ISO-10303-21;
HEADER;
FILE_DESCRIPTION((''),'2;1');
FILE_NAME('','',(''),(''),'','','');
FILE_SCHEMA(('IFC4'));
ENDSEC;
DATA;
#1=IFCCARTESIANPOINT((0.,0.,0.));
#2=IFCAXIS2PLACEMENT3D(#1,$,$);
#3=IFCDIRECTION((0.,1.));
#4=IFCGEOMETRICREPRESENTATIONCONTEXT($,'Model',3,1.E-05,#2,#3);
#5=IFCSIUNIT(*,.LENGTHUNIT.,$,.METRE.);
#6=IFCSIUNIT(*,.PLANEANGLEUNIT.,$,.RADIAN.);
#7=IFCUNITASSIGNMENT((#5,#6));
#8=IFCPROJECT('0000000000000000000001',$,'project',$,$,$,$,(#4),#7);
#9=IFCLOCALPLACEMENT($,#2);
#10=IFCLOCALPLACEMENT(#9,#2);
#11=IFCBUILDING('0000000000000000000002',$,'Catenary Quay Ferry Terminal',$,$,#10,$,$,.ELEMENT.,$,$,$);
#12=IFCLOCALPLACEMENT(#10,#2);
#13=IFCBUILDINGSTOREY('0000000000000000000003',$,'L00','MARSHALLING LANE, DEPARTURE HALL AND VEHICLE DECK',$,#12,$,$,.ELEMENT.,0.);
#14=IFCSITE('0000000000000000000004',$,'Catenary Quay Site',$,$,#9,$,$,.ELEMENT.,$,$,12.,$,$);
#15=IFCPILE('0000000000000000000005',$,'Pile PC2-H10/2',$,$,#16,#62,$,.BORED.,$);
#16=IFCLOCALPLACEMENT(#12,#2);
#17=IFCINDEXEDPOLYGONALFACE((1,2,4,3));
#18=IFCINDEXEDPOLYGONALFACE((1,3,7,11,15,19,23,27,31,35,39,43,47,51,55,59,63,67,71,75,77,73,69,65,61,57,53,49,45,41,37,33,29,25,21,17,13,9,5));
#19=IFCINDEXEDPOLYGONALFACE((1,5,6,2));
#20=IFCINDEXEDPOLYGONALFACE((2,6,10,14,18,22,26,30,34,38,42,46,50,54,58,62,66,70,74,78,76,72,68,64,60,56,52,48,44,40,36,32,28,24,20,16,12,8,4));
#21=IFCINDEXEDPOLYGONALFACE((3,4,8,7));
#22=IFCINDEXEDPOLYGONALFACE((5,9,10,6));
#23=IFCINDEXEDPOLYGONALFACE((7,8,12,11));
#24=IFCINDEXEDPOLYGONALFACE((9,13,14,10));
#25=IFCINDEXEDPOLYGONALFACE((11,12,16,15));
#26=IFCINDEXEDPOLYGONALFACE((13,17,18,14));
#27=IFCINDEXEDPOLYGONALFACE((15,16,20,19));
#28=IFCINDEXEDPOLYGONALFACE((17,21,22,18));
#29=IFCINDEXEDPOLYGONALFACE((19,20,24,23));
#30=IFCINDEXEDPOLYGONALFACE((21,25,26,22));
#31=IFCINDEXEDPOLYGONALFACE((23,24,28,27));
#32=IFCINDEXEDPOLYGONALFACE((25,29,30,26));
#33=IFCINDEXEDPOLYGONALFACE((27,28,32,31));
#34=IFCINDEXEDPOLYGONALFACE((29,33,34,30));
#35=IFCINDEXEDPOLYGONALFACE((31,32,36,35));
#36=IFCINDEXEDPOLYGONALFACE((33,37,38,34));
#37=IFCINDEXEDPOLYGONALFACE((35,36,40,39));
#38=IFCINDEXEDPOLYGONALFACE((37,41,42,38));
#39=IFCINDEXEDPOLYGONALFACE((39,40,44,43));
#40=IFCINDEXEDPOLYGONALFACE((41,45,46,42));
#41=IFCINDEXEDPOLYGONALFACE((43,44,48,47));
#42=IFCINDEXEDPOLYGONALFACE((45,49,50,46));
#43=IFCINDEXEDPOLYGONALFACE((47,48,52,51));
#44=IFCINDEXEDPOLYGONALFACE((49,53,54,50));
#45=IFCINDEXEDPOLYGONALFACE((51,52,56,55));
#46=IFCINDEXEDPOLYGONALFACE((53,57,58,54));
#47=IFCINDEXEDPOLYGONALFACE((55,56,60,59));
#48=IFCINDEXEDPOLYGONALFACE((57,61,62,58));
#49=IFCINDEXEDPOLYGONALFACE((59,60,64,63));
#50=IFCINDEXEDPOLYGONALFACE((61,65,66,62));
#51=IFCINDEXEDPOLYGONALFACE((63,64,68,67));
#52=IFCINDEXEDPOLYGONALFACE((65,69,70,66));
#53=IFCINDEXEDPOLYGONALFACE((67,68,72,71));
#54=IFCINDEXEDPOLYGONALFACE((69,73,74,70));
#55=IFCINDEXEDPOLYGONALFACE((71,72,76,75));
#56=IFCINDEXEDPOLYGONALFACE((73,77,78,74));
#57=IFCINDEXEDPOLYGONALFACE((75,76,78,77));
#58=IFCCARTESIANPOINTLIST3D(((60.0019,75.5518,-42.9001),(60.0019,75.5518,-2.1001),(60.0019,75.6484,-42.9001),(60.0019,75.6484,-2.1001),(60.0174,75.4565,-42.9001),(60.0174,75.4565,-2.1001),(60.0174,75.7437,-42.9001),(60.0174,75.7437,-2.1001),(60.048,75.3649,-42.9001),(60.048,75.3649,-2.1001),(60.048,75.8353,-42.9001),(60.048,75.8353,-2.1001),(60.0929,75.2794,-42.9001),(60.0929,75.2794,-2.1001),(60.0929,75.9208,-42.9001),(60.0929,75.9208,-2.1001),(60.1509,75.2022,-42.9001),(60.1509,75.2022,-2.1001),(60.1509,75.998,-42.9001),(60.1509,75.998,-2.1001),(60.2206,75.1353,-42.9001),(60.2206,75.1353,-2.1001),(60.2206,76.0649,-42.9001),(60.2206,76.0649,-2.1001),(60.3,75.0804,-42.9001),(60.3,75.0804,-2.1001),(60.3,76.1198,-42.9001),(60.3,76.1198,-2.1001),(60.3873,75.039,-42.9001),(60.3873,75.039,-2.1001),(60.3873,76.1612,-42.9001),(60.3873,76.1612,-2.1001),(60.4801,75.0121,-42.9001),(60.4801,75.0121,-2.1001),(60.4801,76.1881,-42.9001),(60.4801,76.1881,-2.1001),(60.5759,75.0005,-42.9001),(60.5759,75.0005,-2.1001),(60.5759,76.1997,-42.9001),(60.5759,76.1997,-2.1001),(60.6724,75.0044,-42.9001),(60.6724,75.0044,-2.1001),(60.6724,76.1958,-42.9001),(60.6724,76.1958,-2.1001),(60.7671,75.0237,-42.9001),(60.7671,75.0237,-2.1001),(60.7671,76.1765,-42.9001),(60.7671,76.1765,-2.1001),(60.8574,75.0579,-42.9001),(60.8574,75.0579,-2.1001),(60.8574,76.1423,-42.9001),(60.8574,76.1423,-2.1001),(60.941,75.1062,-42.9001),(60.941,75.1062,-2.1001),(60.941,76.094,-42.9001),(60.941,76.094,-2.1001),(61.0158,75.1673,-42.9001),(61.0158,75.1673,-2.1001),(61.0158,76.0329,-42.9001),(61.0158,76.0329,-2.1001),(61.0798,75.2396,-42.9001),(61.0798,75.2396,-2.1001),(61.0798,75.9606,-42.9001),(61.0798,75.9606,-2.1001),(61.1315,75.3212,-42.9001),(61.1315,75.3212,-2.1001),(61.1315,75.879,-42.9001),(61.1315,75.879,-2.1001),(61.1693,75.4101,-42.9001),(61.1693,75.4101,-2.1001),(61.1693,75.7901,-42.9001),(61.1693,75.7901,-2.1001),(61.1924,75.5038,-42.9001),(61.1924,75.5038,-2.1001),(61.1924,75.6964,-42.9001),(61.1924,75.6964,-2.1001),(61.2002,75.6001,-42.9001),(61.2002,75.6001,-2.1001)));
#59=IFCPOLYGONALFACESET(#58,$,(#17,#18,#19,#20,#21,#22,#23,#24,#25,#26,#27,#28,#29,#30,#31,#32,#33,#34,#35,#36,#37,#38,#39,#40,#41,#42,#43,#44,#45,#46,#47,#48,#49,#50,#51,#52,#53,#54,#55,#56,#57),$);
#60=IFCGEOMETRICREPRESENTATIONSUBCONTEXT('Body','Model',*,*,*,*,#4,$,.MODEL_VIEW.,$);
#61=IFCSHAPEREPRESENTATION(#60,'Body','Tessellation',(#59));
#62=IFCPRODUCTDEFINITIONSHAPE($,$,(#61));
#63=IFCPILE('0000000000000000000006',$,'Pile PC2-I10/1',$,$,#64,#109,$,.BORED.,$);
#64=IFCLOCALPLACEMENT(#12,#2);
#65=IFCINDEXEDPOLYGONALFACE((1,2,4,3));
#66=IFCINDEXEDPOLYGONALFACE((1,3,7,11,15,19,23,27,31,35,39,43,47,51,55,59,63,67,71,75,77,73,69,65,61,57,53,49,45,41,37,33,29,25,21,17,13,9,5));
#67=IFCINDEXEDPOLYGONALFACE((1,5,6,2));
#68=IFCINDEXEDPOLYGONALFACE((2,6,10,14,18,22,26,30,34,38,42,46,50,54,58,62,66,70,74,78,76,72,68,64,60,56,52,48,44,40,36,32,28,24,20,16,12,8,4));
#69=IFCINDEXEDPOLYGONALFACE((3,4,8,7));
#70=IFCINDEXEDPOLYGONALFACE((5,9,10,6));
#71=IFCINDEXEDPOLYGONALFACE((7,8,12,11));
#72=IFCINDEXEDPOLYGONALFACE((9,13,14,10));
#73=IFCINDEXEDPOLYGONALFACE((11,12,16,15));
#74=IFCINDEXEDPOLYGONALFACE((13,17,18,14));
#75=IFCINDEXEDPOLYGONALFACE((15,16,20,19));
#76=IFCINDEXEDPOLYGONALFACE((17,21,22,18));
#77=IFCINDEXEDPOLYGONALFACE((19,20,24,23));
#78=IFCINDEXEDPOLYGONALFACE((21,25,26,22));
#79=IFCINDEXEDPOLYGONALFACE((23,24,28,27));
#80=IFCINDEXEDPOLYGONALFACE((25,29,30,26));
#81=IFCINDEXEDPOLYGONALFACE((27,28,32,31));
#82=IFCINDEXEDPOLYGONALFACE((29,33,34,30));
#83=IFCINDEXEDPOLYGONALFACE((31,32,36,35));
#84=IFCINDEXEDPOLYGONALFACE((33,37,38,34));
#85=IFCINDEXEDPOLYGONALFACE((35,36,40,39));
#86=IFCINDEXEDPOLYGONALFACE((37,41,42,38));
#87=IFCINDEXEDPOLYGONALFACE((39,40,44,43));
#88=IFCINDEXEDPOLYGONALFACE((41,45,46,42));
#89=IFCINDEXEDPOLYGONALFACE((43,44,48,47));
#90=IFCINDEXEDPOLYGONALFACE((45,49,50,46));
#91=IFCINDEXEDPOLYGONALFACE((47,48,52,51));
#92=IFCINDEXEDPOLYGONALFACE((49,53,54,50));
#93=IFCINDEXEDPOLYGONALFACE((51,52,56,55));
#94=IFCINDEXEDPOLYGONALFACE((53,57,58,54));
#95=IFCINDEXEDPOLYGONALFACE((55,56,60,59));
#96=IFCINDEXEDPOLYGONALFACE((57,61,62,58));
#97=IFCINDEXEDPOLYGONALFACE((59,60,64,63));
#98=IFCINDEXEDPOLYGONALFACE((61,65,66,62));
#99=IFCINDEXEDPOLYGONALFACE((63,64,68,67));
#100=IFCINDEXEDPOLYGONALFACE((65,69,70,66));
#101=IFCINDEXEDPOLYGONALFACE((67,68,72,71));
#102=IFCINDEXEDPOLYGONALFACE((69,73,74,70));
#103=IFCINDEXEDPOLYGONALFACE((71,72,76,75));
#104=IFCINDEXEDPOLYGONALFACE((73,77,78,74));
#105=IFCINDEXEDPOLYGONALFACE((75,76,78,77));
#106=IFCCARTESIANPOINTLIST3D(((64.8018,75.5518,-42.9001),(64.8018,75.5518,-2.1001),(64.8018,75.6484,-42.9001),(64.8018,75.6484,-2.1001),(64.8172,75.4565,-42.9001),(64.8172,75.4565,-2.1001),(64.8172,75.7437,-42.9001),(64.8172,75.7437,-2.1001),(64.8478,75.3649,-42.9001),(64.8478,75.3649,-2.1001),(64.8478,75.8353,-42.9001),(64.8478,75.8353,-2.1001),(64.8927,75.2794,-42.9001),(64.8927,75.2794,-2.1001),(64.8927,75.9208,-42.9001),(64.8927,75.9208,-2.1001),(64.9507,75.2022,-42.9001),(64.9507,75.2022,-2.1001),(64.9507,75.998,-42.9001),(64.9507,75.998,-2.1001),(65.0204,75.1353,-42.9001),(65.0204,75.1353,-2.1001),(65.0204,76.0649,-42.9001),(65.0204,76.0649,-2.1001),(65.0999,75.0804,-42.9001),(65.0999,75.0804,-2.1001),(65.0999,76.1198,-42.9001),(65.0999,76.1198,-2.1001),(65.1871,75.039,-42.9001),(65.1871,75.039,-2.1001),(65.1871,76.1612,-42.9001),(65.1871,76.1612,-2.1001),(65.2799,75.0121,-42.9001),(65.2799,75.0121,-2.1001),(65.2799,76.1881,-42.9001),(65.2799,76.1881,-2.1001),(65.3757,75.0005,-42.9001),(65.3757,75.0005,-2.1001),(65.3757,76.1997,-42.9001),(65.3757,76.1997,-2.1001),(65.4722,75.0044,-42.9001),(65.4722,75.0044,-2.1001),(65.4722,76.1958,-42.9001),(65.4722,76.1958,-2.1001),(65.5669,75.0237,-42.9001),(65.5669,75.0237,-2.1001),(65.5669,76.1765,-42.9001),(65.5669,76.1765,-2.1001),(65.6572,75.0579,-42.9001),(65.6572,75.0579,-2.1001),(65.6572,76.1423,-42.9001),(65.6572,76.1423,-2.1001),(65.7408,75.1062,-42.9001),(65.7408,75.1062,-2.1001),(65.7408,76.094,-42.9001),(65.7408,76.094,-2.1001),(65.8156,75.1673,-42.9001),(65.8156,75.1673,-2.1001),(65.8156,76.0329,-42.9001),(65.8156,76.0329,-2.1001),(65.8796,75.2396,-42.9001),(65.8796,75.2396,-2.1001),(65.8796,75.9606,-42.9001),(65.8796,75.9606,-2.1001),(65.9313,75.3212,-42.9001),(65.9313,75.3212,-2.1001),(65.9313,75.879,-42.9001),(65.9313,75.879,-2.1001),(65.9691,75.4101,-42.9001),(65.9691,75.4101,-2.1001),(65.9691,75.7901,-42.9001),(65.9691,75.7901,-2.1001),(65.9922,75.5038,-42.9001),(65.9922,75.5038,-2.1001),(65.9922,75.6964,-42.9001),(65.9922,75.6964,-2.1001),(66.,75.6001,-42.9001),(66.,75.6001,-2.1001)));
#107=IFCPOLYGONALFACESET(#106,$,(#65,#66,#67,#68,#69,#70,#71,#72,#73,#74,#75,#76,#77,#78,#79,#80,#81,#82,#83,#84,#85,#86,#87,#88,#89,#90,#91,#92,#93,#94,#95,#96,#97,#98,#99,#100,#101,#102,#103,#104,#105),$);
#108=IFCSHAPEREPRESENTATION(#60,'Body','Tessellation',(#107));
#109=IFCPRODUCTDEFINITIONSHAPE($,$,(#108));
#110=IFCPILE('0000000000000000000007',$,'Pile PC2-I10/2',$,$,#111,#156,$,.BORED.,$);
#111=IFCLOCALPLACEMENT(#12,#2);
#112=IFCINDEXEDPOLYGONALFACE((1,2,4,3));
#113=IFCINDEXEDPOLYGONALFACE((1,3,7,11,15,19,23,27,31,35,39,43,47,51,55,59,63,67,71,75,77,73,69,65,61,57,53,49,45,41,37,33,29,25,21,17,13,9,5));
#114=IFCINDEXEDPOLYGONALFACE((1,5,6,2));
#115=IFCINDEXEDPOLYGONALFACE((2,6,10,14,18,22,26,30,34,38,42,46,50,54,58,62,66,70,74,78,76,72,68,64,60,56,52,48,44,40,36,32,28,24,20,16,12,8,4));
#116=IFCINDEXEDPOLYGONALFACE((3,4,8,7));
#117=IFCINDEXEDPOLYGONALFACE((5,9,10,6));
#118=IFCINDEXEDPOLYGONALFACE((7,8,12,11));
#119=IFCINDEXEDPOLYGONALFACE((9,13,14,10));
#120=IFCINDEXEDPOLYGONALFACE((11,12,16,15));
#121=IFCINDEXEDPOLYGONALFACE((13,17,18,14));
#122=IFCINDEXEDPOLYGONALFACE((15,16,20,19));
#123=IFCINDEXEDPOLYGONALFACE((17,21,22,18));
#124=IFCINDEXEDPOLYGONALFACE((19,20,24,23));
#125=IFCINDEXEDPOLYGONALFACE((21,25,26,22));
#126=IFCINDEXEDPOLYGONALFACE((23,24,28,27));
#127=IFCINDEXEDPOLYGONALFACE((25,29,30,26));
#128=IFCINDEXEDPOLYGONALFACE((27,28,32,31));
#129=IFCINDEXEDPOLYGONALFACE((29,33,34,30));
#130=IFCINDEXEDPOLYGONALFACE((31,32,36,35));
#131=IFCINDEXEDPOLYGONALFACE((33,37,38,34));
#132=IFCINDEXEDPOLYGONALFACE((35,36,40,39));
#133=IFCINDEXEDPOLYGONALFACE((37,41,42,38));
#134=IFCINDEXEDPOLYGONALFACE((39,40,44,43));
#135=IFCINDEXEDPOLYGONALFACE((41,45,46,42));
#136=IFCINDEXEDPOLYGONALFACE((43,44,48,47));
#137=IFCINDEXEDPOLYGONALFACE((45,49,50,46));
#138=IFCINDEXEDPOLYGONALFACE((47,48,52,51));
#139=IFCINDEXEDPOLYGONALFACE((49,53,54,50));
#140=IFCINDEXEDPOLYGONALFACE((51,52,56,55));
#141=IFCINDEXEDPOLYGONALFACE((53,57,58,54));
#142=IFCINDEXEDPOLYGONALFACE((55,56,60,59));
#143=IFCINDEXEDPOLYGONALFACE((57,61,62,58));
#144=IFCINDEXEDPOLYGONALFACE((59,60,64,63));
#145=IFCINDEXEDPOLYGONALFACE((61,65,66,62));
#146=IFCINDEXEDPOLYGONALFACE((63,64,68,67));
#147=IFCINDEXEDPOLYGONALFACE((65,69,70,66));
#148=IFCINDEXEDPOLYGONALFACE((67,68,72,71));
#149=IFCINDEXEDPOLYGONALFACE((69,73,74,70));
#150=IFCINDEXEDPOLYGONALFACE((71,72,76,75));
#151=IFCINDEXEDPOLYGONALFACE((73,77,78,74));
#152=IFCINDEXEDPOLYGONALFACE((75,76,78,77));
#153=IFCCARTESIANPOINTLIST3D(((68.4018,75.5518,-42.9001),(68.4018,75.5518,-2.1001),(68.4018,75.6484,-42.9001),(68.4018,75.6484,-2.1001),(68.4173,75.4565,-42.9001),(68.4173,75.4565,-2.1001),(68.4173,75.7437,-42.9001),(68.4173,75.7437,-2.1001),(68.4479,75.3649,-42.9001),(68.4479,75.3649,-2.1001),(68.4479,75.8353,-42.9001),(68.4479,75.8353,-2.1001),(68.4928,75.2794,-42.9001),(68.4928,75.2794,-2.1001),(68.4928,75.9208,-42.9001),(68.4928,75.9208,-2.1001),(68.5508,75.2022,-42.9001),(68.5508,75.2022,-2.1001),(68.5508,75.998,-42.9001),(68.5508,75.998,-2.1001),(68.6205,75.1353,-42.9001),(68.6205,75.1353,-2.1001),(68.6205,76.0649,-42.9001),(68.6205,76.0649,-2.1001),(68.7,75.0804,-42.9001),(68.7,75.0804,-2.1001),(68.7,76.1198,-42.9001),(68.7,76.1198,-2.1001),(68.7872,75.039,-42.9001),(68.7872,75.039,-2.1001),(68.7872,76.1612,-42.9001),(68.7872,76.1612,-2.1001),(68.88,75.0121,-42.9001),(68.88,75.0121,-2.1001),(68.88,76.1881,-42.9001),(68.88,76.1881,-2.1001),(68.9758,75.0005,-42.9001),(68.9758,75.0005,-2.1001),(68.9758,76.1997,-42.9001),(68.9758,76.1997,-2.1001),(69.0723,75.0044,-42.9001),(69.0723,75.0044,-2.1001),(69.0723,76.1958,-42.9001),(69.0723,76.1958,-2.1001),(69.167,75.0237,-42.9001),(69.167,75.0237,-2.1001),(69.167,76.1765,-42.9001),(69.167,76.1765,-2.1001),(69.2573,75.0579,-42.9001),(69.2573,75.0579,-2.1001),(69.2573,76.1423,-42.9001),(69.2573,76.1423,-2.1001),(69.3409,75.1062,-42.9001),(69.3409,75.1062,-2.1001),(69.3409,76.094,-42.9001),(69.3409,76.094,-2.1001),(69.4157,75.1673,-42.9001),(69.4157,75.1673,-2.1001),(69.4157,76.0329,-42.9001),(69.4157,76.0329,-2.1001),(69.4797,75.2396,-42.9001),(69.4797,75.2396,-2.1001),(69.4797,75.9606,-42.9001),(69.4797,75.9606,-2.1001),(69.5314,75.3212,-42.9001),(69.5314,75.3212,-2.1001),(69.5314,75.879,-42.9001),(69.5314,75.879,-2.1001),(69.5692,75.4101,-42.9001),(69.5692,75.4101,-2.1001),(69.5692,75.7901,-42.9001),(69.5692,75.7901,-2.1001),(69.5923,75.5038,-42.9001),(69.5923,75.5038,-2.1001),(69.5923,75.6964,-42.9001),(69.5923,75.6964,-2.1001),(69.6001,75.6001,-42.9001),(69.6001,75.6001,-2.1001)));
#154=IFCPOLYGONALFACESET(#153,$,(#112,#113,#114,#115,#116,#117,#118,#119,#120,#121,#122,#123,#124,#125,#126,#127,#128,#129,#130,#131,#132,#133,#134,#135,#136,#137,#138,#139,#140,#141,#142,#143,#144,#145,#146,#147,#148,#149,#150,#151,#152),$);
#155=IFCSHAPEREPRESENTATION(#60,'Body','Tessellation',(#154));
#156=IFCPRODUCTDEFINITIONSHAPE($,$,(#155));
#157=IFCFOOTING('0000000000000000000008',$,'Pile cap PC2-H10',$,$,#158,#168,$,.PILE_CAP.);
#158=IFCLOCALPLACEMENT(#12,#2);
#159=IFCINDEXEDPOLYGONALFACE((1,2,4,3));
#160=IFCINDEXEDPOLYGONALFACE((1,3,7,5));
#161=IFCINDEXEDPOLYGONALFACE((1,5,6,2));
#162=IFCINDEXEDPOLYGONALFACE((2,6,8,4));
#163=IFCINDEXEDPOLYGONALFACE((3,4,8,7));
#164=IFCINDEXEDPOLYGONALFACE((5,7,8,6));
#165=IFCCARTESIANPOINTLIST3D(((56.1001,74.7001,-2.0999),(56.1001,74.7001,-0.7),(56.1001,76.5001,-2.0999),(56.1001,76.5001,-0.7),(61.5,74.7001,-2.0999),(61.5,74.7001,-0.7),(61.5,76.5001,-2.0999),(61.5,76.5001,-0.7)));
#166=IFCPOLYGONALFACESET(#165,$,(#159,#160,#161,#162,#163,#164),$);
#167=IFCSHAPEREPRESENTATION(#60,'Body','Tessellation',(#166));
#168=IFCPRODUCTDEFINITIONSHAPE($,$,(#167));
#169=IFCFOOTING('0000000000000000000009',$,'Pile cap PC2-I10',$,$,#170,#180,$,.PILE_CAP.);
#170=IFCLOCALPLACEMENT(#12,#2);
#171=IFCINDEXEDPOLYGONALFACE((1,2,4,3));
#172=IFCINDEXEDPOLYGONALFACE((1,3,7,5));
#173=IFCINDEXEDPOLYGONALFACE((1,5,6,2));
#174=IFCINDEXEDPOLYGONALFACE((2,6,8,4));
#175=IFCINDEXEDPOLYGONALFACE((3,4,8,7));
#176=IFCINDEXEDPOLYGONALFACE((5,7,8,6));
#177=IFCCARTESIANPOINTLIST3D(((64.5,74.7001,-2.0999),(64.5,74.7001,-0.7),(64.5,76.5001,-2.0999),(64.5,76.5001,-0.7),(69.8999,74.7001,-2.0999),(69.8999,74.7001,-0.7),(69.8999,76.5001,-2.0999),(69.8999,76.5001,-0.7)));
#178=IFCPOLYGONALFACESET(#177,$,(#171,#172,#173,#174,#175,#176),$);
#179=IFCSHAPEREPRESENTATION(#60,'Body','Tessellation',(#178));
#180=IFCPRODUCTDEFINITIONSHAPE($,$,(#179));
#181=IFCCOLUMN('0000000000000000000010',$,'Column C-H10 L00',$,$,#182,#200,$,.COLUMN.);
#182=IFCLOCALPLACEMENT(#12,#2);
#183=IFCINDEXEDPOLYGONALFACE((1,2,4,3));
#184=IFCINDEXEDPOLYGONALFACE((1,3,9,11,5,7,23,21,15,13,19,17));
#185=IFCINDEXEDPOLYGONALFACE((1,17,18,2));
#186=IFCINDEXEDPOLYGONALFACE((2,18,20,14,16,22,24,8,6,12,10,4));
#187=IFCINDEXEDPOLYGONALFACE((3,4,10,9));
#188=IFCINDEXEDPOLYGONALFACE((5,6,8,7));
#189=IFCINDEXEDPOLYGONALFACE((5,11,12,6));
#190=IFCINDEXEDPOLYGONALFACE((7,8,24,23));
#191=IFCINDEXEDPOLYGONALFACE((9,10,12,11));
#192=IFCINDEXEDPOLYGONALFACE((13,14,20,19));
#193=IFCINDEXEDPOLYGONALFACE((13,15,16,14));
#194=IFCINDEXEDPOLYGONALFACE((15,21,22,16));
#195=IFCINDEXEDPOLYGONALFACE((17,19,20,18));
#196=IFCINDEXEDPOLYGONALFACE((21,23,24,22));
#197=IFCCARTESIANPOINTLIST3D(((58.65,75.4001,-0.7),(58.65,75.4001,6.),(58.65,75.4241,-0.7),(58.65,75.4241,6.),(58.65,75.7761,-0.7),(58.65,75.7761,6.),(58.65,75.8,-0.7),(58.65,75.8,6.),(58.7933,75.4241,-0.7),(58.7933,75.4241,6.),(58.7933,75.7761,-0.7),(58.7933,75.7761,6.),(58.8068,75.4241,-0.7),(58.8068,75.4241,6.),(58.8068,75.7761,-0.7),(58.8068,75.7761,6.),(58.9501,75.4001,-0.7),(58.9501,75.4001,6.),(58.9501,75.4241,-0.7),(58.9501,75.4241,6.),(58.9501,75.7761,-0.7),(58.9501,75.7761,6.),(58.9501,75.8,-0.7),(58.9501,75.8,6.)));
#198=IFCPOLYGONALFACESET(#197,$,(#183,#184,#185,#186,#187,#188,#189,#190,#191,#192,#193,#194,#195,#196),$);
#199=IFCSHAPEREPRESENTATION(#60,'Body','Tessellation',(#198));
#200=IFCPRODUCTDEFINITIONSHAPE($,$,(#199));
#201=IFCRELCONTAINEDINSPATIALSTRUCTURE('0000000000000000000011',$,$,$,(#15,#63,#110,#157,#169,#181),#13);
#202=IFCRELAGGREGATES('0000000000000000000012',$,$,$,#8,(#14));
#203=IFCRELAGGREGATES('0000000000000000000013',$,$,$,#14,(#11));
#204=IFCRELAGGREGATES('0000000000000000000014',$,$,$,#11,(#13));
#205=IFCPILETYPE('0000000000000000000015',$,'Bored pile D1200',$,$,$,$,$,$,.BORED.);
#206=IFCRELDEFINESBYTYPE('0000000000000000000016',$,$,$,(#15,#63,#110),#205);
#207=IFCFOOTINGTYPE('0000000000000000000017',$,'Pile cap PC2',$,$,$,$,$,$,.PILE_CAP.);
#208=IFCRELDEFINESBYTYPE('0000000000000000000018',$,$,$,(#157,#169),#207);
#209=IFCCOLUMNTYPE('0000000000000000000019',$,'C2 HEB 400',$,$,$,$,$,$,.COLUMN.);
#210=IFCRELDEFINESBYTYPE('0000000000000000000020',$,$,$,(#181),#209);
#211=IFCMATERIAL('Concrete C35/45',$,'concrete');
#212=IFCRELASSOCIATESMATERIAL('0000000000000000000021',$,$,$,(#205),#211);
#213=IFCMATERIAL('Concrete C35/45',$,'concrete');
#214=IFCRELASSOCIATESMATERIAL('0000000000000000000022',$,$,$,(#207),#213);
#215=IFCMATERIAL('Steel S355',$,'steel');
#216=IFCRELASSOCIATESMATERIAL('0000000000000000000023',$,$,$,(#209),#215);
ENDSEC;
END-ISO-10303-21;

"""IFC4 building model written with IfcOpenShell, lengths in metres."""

from ifc_helpers import new_model, si_unit, direction, frame, origin, origin_2d, place, context, subcontext, project, spatial, rectangle, circle, i_section, extrude, material, material_profile, profile_set, type_object, element, save


model = new_model("IFC4")

# Units and contexts
model_context = context("Model", 3, precision=1e-05, world=origin(), true_north=direction((0.0, 1.0)))
body_context = subcontext(model_context, "Body", "Model", "MODEL_VIEW")
ifc_project = project(units=[si_unit("LENGTHUNIT", "METRE"), si_unit("PLANEANGLEUNIT", "RADIAN")], contexts=[model_context])

# Site, building, storey
site_placement = place(None, origin())
site = spatial("IfcSite", under=ifc_project, at=site_placement, Name="Catenary Quay Site", CompositionType="ELEMENT", RefElevation=12.0)
building_placement = place(site_placement, origin())
building = spatial("IfcBuilding", under=site, at=building_placement, Name="Catenary Quay Ferry Terminal", CompositionType="ELEMENT")
storey_placement = place(building_placement, origin())
storey = spatial("IfcBuildingStorey", under=building, at=storey_placement, Name="L00", Description="MARSHALLING LANE, DEPARTURE HALL AND VEHICLE DECK", CompositionType="ELEMENT", Elevation=0.0)

# Piles
ifc_material_1 = material(Name="Concrete C35/45", Category="concrete")
ifc_material_profile_1 = material_profile(ifc_material_1, circle(Radius=0.6001, at=origin_2d()), Name="D1200")
ifc_profile_set_1 = profile_set([ifc_material_profile_1], Name="Concrete C35/45")
pile_type = type_object("IfcPileType", Name="Bored pile D1200", PredefinedType="BORED", material=ifc_profile_set_1)
for number, where, z_axis, x_axis, name in (
    (1, (60.6001, 75.6001, -2.1001), (0.0, 0.0, -1.0), (1.0, 0.0, 0.0), "Pile PC2-H10/2"),
    (2, (65.3999, 75.6001, -2.1001), (0.0, 0.0, -1.0), (1.0, 0.0, 0.0), "Pile PC2-I10/1"),
    (3, (69.0, 75.6001, -2.1001), (0.0, 0.0, -1.0), (1.0, 0.0, 0.0), "Pile PC2-I10/2"),
):
    element("IfcPile", number, at=place(storey_placement, frame(where, z_axis=z_axis, x_axis=x_axis)), inside=storey, type_object=pile_type, Name=name, PredefinedType="BORED", context=body_context, shape_type="SweptSolid", body=[
        extrude(circle(Radius=0.6001, at=origin_2d()), origin(), (0.0, 0.0, 1.0), 40.8),
    ])

# Footings
ifc_material_2 = material(Name="Concrete C35/45", Category="concrete")
footing_type = type_object("IfcFootingType", Name="Pile cap PC2", PredefinedType="PILE_CAP", material=ifc_material_2)
for number, where, z_axis, x_axis, name in (
    (4, (58.8, 75.6001, -2.0999), (0.0, 0.0, 1.0), (1.0, 0.0, 0.0), "Pile cap PC2-H10"),
    (5, (67.2, 75.6001, -2.0999), (0.0, 0.0, 1.0), (1.0, 0.0, 0.0), "Pile cap PC2-I10"),
):
    element("IfcFooting", number, at=place(storey_placement, frame(where, z_axis=z_axis, x_axis=x_axis)), inside=storey, type_object=footing_type, Name=name, PredefinedType="PILE_CAP", context=body_context, shape_type="SweptSolid", body=[
        extrude(rectangle(XDim=5.3999, YDim=1.8, at=origin_2d()), origin(), (0.0, 0.0, 1.0), 1.3999),
    ])

# Column
ifc_material_3 = material(Name="Steel S355", Category="steel")
ifc_material_profile_2 = material_profile(ifc_material_3, i_section(OverallWidth=0.3, OverallDepth=0.3999, WebThickness=0.0134, FlangeThickness=0.0239, at=origin_2d()), Name="HEB 400")
ifc_profile_set_2 = profile_set([ifc_material_profile_2], Name="Steel S355")
column_type_1 = type_object("IfcColumnType", Name="C2 HEB 400", PredefinedType="COLUMN", material=ifc_profile_set_2)
for number, where, z_axis, x_axis, name in (
    (6, (58.8, 75.6001, -0.7), (0.0, 0.0, 1.0), (1.0, 0.0, 0.0), "Column C-H10 L00"),
):
    element("IfcColumn", number, at=place(storey_placement, frame(where, z_axis=z_axis, x_axis=x_axis)), inside=storey, type_object=column_type_1, Name=name, PredefinedType="COLUMN", context=body_context, shape_type="SweptSolid", body=[
        extrude(i_section(OverallWidth=0.3, OverallDepth=0.3999, WebThickness=0.0134, FlangeThickness=0.0239, at=origin_2d()), origin(), (0.0, 0.0, 1.0), 6.7),
    ])

save(model, "model.ifc")
